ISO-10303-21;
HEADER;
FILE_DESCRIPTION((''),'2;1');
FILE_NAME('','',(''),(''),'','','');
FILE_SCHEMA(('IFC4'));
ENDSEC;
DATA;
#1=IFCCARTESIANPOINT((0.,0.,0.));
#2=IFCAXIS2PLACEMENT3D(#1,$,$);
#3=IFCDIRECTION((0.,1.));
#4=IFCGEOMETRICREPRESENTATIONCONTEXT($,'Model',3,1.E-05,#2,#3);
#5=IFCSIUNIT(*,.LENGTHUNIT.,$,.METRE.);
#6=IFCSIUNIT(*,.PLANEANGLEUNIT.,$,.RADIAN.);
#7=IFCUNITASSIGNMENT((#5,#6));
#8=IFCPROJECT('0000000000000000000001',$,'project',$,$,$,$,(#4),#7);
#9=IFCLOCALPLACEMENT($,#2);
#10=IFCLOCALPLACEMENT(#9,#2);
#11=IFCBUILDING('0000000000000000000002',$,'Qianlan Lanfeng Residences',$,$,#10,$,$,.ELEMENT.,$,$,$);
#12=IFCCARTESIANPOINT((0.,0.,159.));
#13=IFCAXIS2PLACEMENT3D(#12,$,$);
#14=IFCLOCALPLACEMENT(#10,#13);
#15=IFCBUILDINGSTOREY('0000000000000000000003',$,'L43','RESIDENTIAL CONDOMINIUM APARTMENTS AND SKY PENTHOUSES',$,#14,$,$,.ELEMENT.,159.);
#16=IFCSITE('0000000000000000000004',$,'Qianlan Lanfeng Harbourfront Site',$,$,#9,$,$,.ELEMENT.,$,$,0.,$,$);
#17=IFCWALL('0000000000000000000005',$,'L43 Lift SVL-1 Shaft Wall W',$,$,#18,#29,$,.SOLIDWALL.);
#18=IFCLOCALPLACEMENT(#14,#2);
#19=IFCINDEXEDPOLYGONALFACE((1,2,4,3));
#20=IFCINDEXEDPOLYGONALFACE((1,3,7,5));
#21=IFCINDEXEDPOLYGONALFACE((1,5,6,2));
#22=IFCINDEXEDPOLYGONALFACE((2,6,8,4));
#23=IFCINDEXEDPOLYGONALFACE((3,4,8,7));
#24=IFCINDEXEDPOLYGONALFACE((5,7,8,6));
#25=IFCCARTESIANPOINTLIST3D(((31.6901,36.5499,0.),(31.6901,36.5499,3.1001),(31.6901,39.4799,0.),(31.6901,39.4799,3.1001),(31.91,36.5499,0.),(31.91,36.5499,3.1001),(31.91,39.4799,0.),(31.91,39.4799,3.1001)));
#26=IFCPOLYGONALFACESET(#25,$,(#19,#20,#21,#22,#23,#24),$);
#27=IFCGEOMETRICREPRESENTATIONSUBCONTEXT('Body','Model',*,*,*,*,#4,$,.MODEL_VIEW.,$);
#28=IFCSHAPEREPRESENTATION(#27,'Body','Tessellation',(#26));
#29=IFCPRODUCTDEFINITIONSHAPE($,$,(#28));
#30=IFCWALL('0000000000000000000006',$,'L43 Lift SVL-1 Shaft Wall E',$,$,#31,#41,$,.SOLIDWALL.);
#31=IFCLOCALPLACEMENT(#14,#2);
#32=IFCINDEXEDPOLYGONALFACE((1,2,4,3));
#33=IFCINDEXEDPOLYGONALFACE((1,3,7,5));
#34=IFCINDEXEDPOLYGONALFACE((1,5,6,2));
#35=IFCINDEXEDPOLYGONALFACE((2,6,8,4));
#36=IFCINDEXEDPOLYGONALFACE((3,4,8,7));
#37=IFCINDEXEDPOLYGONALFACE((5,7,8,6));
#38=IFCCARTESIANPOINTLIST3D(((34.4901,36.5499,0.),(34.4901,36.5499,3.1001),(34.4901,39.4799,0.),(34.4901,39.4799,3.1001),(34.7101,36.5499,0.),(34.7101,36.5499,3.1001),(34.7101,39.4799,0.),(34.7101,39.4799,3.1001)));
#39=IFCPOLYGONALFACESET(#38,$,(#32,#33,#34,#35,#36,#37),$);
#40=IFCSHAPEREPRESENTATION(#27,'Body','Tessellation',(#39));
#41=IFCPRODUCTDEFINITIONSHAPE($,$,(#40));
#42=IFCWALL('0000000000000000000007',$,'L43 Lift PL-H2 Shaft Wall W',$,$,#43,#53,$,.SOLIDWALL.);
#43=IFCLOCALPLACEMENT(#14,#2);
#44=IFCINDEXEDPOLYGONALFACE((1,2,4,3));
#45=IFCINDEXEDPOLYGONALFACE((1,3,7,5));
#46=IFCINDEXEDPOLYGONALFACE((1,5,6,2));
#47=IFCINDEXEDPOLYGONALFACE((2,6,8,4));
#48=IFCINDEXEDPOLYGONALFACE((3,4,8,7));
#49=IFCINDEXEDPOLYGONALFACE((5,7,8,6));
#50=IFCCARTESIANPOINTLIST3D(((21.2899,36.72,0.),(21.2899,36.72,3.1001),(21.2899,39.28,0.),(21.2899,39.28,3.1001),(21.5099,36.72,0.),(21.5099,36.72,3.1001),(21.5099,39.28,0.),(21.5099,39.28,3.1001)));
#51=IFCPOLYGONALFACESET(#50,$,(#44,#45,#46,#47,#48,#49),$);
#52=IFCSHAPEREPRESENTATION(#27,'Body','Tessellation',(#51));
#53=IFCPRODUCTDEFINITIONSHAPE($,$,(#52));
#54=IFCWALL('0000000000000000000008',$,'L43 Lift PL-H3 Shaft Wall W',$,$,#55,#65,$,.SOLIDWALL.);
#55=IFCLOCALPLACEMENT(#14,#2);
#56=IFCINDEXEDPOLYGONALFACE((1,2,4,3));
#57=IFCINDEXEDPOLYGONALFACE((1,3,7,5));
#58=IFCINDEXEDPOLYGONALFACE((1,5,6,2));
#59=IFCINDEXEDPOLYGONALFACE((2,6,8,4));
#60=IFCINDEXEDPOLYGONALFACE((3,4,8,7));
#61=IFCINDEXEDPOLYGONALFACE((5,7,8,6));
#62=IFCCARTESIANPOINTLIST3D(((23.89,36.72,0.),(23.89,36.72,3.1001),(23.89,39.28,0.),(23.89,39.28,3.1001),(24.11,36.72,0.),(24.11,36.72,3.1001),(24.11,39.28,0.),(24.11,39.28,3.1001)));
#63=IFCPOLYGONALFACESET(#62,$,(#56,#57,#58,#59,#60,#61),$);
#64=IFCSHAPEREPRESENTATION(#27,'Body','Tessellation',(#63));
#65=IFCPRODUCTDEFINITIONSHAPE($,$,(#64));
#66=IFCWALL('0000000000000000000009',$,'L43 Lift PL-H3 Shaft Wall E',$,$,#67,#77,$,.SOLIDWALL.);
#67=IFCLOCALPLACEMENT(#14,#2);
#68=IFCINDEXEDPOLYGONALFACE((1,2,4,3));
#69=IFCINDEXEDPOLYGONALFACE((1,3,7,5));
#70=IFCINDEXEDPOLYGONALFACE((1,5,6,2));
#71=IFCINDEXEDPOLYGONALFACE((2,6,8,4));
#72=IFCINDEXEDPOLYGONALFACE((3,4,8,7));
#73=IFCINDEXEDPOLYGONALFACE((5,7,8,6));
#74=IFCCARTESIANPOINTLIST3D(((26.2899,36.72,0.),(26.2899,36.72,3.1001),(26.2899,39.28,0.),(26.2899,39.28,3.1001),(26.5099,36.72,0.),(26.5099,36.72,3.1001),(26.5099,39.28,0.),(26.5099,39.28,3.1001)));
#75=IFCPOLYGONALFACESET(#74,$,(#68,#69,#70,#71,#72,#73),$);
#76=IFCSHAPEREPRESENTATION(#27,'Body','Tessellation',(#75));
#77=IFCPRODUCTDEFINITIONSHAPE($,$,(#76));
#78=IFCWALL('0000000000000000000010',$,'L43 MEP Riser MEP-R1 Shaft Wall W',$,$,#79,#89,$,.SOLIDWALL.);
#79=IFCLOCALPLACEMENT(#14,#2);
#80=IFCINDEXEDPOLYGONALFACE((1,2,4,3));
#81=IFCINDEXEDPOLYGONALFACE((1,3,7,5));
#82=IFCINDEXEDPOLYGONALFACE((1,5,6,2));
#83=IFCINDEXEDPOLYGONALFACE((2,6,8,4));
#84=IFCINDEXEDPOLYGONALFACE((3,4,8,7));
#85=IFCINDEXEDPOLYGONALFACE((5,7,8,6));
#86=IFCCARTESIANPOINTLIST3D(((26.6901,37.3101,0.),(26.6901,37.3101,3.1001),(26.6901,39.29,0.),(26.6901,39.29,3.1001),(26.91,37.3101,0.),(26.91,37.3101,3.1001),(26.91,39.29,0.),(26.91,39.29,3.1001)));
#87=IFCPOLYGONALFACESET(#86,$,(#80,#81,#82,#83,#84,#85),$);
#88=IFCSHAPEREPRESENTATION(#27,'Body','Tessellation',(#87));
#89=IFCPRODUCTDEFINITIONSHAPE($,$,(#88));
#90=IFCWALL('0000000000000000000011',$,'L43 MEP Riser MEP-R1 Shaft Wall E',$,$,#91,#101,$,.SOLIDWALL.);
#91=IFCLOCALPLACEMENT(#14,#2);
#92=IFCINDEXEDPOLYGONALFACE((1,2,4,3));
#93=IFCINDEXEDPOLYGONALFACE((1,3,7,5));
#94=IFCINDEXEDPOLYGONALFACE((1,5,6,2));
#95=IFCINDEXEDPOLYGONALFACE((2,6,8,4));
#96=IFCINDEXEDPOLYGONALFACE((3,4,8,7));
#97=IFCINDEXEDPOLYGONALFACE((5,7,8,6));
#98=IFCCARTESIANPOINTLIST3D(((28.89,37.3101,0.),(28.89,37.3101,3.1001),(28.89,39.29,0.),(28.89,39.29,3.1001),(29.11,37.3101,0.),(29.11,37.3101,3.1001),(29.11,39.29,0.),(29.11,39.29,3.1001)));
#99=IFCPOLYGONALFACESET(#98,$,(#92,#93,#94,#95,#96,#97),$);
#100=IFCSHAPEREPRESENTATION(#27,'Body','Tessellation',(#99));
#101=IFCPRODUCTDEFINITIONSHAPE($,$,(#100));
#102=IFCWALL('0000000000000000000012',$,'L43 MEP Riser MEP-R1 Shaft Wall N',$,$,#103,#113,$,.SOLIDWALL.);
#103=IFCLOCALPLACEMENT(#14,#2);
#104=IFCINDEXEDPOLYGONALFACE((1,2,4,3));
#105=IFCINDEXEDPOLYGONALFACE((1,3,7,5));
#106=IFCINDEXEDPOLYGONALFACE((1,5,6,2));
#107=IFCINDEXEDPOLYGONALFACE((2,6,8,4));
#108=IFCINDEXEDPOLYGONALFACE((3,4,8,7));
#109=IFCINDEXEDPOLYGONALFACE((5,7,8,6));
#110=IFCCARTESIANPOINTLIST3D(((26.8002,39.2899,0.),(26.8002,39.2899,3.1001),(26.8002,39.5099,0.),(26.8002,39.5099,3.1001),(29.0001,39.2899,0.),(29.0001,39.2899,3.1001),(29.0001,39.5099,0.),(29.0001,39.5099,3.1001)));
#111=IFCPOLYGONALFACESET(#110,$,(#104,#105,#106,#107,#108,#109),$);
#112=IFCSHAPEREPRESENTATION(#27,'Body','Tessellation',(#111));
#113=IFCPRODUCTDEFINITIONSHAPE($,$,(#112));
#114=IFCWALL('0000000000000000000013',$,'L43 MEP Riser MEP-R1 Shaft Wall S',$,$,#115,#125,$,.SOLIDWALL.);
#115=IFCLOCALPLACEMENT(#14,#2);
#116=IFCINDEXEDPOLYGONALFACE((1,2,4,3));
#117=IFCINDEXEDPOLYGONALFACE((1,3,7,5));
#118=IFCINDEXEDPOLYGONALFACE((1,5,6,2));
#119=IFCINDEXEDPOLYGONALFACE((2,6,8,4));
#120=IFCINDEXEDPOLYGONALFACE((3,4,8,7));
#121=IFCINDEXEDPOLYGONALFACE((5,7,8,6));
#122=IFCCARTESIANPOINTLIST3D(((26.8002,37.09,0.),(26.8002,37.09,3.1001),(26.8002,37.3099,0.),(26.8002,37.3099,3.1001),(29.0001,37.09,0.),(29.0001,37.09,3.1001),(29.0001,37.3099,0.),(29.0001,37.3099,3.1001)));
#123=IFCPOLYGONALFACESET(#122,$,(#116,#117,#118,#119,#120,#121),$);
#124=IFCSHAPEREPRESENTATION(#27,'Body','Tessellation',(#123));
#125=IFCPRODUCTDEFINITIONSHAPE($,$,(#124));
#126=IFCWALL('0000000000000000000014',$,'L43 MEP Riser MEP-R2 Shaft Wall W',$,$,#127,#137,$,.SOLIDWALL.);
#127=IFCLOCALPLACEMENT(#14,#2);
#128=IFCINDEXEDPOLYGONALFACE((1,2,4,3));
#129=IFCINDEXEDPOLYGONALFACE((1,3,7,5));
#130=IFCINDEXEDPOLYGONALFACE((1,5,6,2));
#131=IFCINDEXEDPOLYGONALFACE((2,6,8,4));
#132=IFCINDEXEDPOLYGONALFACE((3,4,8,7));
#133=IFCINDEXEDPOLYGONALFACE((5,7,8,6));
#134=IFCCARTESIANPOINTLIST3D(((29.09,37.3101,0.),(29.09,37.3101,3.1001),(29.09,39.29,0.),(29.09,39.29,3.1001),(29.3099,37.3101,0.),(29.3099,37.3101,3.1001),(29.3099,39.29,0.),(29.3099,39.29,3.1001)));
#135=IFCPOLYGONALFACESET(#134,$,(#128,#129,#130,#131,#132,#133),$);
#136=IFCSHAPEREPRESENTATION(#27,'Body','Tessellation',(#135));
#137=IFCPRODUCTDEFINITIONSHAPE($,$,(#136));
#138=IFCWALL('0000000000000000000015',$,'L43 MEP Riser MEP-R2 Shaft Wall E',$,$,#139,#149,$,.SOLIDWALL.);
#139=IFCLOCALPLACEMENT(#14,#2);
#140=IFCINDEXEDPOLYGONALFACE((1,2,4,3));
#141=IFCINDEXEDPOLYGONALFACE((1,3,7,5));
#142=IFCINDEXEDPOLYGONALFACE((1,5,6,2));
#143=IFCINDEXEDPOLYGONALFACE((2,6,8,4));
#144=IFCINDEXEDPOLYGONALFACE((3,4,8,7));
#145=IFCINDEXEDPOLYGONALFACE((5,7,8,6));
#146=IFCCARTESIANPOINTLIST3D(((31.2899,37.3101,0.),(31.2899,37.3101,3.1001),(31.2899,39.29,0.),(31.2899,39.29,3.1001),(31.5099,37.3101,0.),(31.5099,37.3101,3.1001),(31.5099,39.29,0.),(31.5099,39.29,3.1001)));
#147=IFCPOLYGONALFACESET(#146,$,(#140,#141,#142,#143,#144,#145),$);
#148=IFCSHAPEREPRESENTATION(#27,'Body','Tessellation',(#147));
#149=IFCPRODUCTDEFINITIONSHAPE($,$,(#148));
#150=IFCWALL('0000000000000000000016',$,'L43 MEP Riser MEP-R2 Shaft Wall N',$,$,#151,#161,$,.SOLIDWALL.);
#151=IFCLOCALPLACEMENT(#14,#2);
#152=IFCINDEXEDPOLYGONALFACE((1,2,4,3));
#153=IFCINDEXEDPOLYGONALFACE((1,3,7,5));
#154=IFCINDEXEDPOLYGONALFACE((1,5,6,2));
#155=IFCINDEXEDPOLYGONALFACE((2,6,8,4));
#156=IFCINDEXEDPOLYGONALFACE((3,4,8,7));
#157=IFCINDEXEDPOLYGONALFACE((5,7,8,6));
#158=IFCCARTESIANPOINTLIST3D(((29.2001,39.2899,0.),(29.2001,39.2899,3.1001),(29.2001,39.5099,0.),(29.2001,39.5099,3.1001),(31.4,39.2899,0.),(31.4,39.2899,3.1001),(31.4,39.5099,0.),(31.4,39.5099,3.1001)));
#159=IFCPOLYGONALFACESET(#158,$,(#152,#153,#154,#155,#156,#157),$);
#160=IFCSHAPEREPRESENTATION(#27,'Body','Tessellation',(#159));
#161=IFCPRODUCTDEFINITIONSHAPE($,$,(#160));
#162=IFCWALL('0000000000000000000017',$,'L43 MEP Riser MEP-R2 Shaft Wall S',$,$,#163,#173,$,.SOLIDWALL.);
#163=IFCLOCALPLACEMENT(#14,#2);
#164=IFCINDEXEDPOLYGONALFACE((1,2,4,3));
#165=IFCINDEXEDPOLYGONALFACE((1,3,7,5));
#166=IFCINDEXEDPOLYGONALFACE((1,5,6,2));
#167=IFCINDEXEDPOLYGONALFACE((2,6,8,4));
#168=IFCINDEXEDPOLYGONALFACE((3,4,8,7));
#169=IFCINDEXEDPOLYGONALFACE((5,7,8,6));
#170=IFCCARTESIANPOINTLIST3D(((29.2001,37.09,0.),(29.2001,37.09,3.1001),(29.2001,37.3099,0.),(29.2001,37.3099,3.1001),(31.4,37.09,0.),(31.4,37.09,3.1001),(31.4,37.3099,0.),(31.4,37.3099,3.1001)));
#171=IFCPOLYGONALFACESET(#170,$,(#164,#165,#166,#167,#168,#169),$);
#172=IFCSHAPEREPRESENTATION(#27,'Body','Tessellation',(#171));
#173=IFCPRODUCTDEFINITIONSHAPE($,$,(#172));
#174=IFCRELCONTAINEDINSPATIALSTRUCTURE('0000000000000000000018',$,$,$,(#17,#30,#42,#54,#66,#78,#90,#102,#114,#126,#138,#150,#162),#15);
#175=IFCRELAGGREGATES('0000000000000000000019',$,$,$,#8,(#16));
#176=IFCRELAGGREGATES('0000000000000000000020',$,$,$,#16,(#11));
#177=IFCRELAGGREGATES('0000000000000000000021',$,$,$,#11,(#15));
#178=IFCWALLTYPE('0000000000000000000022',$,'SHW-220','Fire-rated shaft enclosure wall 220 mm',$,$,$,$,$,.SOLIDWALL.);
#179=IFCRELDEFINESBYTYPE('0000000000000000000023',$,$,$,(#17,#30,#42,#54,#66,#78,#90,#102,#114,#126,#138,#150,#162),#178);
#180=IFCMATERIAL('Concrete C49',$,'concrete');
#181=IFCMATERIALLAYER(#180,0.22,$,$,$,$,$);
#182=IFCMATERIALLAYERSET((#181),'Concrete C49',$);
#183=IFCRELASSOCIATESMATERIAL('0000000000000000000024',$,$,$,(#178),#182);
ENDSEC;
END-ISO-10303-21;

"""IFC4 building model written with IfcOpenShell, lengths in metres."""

from ifc_helpers import new_model, si_unit, direction, frame, frame_2d, origin, place, context, subcontext, project, spatial, rectangle, extrude, material, layer, layer_set, type_object, element, save


model = new_model("IFC4")

# Units and contexts
model_context = context("Model", 3, precision=1e-05, world=origin(), true_north=direction((0.0, 1.0)))
body_context = subcontext(model_context, "Body", "Model", "MODEL_VIEW")
ifc_project = project(units=[si_unit("LENGTHUNIT", "METRE"), si_unit("PLANEANGLEUNIT", "RADIAN")], contexts=[model_context])

# Site, building, storey
site_placement = place(None, origin())
site = spatial("IfcSite", under=ifc_project, at=site_placement, Name="Qianlan Lanfeng Harbourfront Site", CompositionType="ELEMENT", RefElevation=0.0)
building_placement = place(site_placement, origin())
building = spatial("IfcBuilding", under=site, at=building_placement, Name="Qianlan Lanfeng Residences", CompositionType="ELEMENT")
storey_placement = place(building_placement, frame((0.0, 0.0, 159.0)))
storey = spatial("IfcBuildingStorey", under=building, at=storey_placement, Name="L43", Description="RESIDENTIAL CONDOMINIUM APARTMENTS AND SKY PENTHOUSES", CompositionType="ELEMENT", Elevation=159.0)

# Walls
ifc_material_1 = material(Name="Concrete C49", Category="concrete")
ifc_layer_1 = layer(ifc_material_1, 0.22)
ifc_layer_set_1 = layer_set([ifc_layer_1], Name="Concrete C49")
wall_type_1 = type_object("IfcWallType", Name="SHW-220", Description="Fire-rated shaft enclosure wall 220 mm", PredefinedType="SOLIDWALL", material=ifc_layer_set_1)
for number, where, z_axis, x_axis, name in (
    (1, (31.8, 36.55, 0.0), (0.0, 0.0, 1.0), (0.0, 1.0, 0.0), "L43 Lift SVL-1 Shaft Wall W"),
    (2, (34.6001, 36.55, 0.0), (0.0, 0.0, 1.0), (0.0, 1.0, 0.0), "L43 Lift SVL-1 Shaft Wall E"),
):
    element("IfcWall", number, at=place(storey_placement, frame(where, z_axis=z_axis, x_axis=x_axis)), inside=storey, type_object=wall_type_1, Name=name, PredefinedType="SOLIDWALL", context=body_context, shape_type="SweptSolid", body=[
        extrude(rectangle(XDim=2.9299, YDim=0.22, at=frame_2d((1.4648, 0.0))), origin(), (0.0, 0.0, 1.0), 3.1001),
    ])
for number, where, z_axis, x_axis, name in (
    (3, (21.3999, 36.72, 0.0), (0.0, 0.0, 1.0), (0.0, 1.0, 0.0), "L43 Lift PL-H2 Shaft Wall W"),
    (4, (24.0, 36.72, 0.0), (0.0, 0.0, 1.0), (0.0, 1.0, 0.0), "L43 Lift PL-H3 Shaft Wall W"),
    (5, (26.3999, 36.72, 0.0), (0.0, 0.0, 1.0), (0.0, 1.0, 0.0), "L43 Lift PL-H3 Shaft Wall E"),
):
    element("IfcWall", number, at=place(storey_placement, frame(where, z_axis=z_axis, x_axis=x_axis)), inside=storey, type_object=wall_type_1, Name=name, PredefinedType="SOLIDWALL", context=body_context, shape_type="SweptSolid", body=[
        extrude(rectangle(XDim=2.5601, YDim=0.22, at=frame_2d((1.28, 0.0))), origin(), (0.0, 0.0, 1.0), 3.1001),
    ])
for number, where, z_axis, x_axis, name in (
    (6, (26.8, 37.3101, 0.0), (0.0, 0.0, 1.0), (0.0, 1.0, 0.0), "L43 MEP Riser MEP-R1 Shaft Wall W"),
    (7, (29.0, 37.3101, 0.0), (0.0, 0.0, 1.0), (0.0, 1.0, 0.0), "L43 MEP Riser MEP-R1 Shaft Wall E"),
):
    element("IfcWall", number, at=place(storey_placement, frame(where, z_axis=z_axis, x_axis=x_axis)), inside=storey, type_object=wall_type_1, Name=name, PredefinedType="SOLIDWALL", context=body_context, shape_type="SweptSolid", body=[
        extrude(rectangle(XDim=1.98, YDim=0.22, at=frame_2d((0.99, 0.0))), origin(), (0.0, 0.0, 1.0), 3.1001),
    ])
for number, where, z_axis, x_axis, name in (
    (8, (26.8, 39.3999, 0.0), (0.0, 0.0, 1.0), (1.0, 0.0, 0.0), "L43 MEP Riser MEP-R1 Shaft Wall N"),
    (9, (26.8, 37.2, 0.0), (0.0, 0.0, 1.0), (1.0, 0.0, 0.0), "L43 MEP Riser MEP-R1 Shaft Wall S"),
):
    element("IfcWall", number, at=place(storey_placement, frame(where, z_axis=z_axis, x_axis=x_axis)), inside=storey, type_object=wall_type_1, Name=name, PredefinedType="SOLIDWALL", context=body_context, shape_type="SweptSolid", body=[
        extrude(rectangle(XDim=2.2, YDim=0.22, at=frame_2d((1.1001, 0.0))), origin(), (0.0, 0.0, 1.0), 3.1001),
    ])
for number, where, z_axis, x_axis, name in (
    (10, (29.2, 37.3101, 0.0), (0.0, 0.0, 1.0), (0.0, 1.0, 0.0), "L43 MEP Riser MEP-R2 Shaft Wall W"),
    (11, (31.3999, 37.3101, 0.0), (0.0, 0.0, 1.0), (0.0, 1.0, 0.0), "L43 MEP Riser MEP-R2 Shaft Wall E"),
):
    element("IfcWall", number, at=place(storey_placement, frame(where, z_axis=z_axis, x_axis=x_axis)), inside=storey, type_object=wall_type_1, Name=name, PredefinedType="SOLIDWALL", context=body_context, shape_type="SweptSolid", body=[
        extrude(rectangle(XDim=1.98, YDim=0.22, at=frame_2d((0.99, 0.0))), origin(), (0.0, 0.0, 1.0), 3.1001),
    ])
for number, where, z_axis, x_axis, name in (
    (12, (29.2, 39.3999, 0.0), (0.0, 0.0, 1.0), (1.0, 0.0, 0.0), "L43 MEP Riser MEP-R2 Shaft Wall N"),
    (13, (29.2, 37.2, 0.0), (0.0, 0.0, 1.0), (1.0, 0.0, 0.0), "L43 MEP Riser MEP-R2 Shaft Wall S"),
):
    element("IfcWall", number, at=place(storey_placement, frame(where, z_axis=z_axis, x_axis=x_axis)), inside=storey, type_object=wall_type_1, Name=name, PredefinedType="SOLIDWALL", context=body_context, shape_type="SweptSolid", body=[
        extrude(rectangle(XDim=2.2, YDim=0.22, at=frame_2d((1.1001, 0.0))), origin(), (0.0, 0.0, 1.0), 3.1001),
    ])

save(model, "model.ifc")
